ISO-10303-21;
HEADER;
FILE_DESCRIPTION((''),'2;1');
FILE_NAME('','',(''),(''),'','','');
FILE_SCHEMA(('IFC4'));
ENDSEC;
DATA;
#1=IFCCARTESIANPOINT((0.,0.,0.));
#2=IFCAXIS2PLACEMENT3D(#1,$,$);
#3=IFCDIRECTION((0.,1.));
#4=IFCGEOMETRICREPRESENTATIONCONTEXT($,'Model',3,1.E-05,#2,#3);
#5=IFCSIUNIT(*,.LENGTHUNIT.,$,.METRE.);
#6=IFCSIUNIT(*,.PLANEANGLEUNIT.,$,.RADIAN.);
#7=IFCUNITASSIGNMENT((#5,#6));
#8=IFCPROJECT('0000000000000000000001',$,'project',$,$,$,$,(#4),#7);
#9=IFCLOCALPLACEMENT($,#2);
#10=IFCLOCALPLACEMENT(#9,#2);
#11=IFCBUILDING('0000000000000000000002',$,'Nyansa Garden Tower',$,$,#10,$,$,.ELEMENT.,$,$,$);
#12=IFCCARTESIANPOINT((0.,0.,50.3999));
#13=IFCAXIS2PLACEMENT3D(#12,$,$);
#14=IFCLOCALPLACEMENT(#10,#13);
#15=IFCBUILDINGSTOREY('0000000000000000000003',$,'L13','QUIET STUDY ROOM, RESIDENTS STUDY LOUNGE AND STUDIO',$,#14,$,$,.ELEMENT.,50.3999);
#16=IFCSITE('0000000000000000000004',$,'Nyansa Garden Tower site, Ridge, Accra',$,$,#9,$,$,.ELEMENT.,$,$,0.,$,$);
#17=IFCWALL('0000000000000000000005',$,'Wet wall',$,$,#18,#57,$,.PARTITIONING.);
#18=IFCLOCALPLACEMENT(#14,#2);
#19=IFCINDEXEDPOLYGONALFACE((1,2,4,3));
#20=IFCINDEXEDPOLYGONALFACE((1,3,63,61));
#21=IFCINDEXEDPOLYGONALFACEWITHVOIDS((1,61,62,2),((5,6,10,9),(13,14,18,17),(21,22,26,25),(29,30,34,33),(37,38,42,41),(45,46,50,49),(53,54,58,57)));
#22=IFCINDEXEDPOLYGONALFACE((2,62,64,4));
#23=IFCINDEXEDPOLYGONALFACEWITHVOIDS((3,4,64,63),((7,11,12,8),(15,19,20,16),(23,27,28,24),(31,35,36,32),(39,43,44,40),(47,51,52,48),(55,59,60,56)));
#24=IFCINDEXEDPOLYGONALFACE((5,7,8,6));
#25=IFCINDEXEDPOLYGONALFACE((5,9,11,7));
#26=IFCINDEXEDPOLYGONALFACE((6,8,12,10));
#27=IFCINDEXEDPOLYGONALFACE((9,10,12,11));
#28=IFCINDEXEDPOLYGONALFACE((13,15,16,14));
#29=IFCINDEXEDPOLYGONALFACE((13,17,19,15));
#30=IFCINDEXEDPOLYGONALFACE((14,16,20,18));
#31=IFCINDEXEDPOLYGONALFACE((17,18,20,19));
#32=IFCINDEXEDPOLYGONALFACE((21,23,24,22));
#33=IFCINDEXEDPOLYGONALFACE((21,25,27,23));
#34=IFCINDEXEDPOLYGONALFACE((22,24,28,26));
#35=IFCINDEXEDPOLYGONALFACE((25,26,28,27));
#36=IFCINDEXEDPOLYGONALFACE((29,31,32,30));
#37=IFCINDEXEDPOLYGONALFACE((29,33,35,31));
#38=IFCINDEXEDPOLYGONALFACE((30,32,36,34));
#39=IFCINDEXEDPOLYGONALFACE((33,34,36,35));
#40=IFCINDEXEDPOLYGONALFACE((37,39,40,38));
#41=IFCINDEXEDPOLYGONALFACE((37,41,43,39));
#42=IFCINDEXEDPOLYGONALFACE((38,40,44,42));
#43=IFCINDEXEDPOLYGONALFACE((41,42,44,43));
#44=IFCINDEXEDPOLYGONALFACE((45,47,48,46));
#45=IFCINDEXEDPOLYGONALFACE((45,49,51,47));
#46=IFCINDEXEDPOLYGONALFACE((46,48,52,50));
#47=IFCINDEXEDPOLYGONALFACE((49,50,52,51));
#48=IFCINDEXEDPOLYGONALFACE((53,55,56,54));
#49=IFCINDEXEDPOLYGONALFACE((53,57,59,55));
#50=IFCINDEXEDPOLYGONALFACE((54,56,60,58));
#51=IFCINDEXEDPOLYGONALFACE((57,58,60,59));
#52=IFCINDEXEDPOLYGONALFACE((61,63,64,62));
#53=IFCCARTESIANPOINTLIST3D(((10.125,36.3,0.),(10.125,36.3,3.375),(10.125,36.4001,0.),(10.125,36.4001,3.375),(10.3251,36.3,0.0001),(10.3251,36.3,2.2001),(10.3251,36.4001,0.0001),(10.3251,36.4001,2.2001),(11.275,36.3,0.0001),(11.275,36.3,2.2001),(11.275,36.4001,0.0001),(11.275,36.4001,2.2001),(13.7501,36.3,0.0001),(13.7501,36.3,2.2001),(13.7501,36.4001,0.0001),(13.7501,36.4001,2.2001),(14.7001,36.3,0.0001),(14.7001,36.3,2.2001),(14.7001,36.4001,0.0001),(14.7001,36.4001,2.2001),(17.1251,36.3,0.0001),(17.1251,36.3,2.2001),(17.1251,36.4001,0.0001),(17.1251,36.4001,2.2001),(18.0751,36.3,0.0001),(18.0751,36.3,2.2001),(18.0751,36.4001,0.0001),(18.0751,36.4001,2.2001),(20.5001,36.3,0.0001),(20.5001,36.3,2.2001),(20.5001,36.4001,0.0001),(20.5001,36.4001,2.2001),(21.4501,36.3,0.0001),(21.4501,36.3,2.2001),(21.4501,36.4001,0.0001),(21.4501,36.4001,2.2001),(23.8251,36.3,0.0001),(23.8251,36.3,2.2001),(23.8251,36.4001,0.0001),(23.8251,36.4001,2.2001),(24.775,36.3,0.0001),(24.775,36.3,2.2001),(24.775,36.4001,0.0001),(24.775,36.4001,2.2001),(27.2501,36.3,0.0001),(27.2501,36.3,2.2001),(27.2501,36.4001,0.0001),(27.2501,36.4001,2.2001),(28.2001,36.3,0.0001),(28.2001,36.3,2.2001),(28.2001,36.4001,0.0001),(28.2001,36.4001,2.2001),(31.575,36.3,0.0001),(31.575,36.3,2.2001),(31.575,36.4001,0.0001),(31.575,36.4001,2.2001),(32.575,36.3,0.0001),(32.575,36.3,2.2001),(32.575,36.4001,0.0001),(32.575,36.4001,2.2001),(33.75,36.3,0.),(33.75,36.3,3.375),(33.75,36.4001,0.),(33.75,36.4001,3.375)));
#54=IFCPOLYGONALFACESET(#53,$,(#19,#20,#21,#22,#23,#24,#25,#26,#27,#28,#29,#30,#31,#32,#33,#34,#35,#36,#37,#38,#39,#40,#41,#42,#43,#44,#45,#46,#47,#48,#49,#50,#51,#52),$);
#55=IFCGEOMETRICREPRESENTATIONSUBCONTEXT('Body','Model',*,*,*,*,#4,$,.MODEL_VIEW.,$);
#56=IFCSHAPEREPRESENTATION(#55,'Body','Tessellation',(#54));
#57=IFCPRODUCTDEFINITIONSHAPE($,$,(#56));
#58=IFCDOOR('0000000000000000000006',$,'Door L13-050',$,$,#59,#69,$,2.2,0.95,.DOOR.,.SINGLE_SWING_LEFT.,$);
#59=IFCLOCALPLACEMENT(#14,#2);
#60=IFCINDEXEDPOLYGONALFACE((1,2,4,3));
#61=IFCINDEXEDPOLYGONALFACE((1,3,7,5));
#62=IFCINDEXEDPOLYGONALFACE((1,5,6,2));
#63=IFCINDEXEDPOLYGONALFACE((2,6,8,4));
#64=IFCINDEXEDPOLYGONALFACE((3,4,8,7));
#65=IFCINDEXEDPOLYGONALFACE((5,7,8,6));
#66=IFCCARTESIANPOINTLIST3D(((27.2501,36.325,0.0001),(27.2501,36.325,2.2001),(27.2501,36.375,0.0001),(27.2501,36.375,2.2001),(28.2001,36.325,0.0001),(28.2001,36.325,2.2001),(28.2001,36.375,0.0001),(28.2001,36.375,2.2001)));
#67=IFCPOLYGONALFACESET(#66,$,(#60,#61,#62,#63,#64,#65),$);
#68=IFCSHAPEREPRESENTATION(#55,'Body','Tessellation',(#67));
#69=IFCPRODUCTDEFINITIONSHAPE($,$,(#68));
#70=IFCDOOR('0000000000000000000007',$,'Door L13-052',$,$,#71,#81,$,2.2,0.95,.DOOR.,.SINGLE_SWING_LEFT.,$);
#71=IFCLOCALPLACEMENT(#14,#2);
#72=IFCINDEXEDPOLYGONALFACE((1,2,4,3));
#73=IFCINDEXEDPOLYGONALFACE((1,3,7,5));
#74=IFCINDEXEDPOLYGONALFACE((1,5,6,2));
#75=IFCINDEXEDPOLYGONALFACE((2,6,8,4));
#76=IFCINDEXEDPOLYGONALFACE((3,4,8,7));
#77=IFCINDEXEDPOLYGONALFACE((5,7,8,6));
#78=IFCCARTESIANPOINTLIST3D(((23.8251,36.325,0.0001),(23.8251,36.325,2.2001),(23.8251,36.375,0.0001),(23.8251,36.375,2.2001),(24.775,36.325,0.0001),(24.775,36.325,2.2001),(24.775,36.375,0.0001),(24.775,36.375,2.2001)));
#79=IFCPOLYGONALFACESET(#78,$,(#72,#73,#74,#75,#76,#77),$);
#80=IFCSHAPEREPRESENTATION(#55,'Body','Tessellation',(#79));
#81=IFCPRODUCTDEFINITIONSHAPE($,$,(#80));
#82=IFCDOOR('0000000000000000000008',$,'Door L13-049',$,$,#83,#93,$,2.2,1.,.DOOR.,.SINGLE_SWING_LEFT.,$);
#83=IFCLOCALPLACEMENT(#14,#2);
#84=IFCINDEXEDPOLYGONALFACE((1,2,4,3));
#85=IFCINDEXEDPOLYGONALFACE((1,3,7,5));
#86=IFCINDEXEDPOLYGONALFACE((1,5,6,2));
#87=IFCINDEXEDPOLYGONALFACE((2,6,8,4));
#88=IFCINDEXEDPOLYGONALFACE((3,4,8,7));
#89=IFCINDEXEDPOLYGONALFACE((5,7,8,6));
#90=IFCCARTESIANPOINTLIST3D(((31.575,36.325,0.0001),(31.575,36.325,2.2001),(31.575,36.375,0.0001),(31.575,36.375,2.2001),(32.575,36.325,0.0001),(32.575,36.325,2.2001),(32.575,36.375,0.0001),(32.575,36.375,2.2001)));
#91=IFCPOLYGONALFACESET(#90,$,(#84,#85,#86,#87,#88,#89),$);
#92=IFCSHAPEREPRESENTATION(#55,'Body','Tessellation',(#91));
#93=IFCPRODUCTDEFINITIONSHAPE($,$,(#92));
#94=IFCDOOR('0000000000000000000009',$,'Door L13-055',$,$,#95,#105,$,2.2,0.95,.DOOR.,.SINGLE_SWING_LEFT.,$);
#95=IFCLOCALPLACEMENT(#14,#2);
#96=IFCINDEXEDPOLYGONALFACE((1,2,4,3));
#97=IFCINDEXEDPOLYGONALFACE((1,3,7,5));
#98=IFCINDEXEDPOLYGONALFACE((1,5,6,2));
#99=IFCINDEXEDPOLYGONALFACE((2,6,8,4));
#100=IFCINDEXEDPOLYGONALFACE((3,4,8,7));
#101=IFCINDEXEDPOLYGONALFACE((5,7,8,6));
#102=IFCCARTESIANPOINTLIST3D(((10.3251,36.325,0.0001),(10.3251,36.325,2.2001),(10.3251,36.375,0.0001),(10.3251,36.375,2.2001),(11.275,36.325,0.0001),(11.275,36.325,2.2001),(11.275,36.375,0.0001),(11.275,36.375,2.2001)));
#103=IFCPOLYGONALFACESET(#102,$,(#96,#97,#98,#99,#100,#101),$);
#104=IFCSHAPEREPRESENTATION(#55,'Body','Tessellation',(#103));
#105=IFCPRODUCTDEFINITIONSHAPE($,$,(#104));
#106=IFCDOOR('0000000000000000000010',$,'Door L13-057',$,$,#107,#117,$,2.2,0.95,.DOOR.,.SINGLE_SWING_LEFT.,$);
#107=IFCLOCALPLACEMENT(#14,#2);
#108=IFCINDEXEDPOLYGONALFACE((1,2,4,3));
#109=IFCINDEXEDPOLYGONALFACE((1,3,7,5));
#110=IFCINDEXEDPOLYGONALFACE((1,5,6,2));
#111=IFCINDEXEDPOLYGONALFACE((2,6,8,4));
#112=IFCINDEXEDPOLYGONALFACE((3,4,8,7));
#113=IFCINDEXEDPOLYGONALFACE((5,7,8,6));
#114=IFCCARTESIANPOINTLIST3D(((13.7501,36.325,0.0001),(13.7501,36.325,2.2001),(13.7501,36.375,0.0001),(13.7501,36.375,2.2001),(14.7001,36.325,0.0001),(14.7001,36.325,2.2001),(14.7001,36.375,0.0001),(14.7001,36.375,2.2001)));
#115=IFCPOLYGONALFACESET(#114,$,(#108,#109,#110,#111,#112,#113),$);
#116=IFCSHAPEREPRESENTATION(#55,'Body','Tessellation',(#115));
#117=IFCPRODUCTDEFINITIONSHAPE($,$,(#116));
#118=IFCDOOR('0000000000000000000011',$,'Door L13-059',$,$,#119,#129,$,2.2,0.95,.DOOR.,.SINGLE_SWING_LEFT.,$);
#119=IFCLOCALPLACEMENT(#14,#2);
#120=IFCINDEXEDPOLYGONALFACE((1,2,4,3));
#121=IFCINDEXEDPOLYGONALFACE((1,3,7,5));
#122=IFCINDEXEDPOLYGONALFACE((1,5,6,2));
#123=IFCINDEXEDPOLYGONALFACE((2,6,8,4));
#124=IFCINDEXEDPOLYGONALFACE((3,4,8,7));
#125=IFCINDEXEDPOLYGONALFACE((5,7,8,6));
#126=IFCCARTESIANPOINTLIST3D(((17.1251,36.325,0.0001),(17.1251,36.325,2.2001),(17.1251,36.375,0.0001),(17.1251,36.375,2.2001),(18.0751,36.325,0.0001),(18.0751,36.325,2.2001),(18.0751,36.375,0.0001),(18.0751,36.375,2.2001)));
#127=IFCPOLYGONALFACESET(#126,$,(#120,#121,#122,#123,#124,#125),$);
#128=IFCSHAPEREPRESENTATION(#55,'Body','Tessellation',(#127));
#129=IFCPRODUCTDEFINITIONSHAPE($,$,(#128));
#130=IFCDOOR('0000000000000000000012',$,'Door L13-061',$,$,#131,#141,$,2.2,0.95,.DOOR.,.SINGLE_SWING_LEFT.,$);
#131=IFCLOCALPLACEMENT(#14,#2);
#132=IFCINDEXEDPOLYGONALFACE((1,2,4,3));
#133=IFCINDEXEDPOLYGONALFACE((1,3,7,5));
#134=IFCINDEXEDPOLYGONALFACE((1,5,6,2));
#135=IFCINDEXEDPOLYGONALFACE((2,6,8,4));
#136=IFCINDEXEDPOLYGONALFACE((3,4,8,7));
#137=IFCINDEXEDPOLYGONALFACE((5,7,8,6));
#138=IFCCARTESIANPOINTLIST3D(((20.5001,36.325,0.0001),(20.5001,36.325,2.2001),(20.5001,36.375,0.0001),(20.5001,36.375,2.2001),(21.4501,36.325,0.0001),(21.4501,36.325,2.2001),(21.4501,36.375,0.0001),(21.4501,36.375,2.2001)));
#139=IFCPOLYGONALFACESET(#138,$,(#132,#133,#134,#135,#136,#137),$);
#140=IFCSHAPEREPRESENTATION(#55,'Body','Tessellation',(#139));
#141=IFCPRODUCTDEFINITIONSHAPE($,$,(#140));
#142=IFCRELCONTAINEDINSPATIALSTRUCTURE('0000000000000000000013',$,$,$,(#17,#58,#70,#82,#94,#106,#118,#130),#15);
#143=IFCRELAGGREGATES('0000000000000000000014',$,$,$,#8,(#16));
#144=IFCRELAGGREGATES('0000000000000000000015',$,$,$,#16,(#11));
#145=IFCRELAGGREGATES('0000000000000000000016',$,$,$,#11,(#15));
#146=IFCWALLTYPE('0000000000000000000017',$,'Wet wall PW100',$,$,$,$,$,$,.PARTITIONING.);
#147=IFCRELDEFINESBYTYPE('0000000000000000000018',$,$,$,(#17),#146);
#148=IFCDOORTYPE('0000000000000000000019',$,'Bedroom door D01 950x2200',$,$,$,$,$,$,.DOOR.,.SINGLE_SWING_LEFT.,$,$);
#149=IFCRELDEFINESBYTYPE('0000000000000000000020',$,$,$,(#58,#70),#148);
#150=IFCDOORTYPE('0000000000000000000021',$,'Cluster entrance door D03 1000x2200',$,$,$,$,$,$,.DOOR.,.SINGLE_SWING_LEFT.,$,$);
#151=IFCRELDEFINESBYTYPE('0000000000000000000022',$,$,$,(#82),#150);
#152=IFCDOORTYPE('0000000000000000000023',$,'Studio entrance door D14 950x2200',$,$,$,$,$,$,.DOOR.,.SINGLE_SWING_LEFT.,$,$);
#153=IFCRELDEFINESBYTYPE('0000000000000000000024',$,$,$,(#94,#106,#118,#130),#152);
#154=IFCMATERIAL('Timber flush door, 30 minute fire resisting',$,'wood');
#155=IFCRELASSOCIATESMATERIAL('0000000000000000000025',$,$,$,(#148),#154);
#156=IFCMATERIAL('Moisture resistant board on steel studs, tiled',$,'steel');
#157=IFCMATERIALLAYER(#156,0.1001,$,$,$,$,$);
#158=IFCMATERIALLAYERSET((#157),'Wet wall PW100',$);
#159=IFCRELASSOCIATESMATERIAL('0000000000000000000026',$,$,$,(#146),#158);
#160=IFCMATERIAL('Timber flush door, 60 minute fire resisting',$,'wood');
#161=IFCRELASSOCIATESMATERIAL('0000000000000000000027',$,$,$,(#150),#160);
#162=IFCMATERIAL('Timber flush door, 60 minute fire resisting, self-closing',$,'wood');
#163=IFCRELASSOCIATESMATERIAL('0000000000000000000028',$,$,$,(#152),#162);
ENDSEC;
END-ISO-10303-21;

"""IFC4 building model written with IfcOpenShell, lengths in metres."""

from ifc_helpers import new_model, si_unit, direction, frame, frame_2d, origin, place, context, subcontext, project, spatial, rectangle, extrude, material, layer, layer_set, type_object, element, fill, save


model = new_model("IFC4")

# Units and contexts
model_context = context("Model", 3, precision=1e-05, world=origin(), true_north=direction((0.0, 1.0)))
body_context = subcontext(model_context, "Body", "Model", "MODEL_VIEW")
ifc_project = project(units=[si_unit("LENGTHUNIT", "METRE"), si_unit("PLANEANGLEUNIT", "RADIAN")], contexts=[model_context])

# Site, building, storey
site_placement = place(None, origin())
site = spatial("IfcSite", under=ifc_project, at=site_placement, Name="Nyansa Garden Tower site, Ridge, Accra", CompositionType="ELEMENT", RefElevation=0.0)
building_placement = place(site_placement, origin())
building = spatial("IfcBuilding", under=site, at=building_placement, Name="Nyansa Garden Tower", CompositionType="ELEMENT")
storey_placement = place(building_placement, frame((0.0, 0.0, 50.3999)))
storey = spatial("IfcBuildingStorey", under=building, at=storey_placement, Name="L13", Description="QUIET STUDY ROOM, RESIDENTS STUDY LOUNGE AND STUDIO", CompositionType="ELEMENT", Elevation=50.3999)

# Shared definitions
ifc_material_1 = material(Name="Timber flush door, 30 minute fire resisting", Category="wood")
door_type_1 = type_object("IfcDoorType", Name="Bedroom door D01 950x2200", OperationType="SINGLE_SWING_LEFT", PredefinedType="DOOR", material=ifc_material_1)

# Wall, openings, doors
ifc_material_2 = material(Name="Moisture resistant board on steel studs, tiled", Category="steel")
ifc_layer_1 = layer(ifc_material_2, 0.1001)
ifc_layer_set_1 = layer_set([ifc_layer_1], Name="Wet wall PW100")
wall_type_1 = type_object("IfcWallType", Name="Wet wall PW100", PredefinedType="PARTITIONING", material=ifc_layer_set_1)
wall_1_placement = place(storey_placement, frame((10.125, 36.3501, 0.0), z_axis=(0.0, 0.0, 1.0), x_axis=(1.0, 0.0, 0.0)))
wall_1 = element("IfcWall", 1, at=wall_1_placement, inside=storey, type_object=wall_type_1, Name="Wet wall", PredefinedType="PARTITIONING", context=body_context, shape_type="SweptSolid", body=[
    extrude(rectangle(XDim=23.625, YDim=0.1001, at=frame_2d((11.8125, 0.0))), origin(), (0.0, 0.0, 1.0), 3.375),
])
opening_1_placement = place(wall_1_placement, frame((21.45, 0.0, 0.0)))
opening_1 = element("IfcOpeningElement", 2, at=opening_1_placement, cuts=wall_1, PredefinedType="OPENING", context=body_context, shape_type="SweptSolid", body=[
    extrude(rectangle(XDim=1.0, YDim=2.2, at=frame_2d((0.5, 1.1001))), frame((0.0, 0.0601, 0.0), z_axis=(0.0, -1.0, 0.0), x_axis=(1.0, 0.0, 0.0)), (0.0, 0.0, 1.0), 0.1201),
])
opening_2_placement = place(wall_1_placement, frame((17.125, 0.0, 0.0)))
opening_2 = element("IfcOpeningElement", 3, at=opening_2_placement, cuts=wall_1, PredefinedType="OPENING", context=body_context, shape_type="SweptSolid", body=[
    extrude(rectangle(XDim=0.95, YDim=2.2, at=frame_2d((0.4751, 1.1001))), frame((0.0, 0.0601, 0.0), z_axis=(0.0, -1.0, 0.0), x_axis=(1.0, 0.0, 0.0)), (0.0, 0.0, 1.0), 0.1201),
])
opening_3_placement = place(wall_1_placement, frame((13.7, 0.0, 0.0)))
opening_3 = element("IfcOpeningElement", 4, at=opening_3_placement, cuts=wall_1, PredefinedType="OPENING", context=body_context, shape_type="SweptSolid", body=[
    extrude(rectangle(XDim=0.95, YDim=2.2, at=frame_2d((0.4751, 1.1001))), frame((0.0, 0.0601, 0.0), z_axis=(0.0, -1.0, 0.0), x_axis=(1.0, 0.0, 0.0)), (0.0, 0.0, 1.0), 0.1201),
])
opening_4_placement = place(wall_1_placement, frame((0.2, 0.0, 0.0)))
opening_4 = element("IfcOpeningElement", 5, at=opening_4_placement, cuts=wall_1, PredefinedType="OPENING", context=body_context, shape_type="SweptSolid", body=[
    extrude(rectangle(XDim=0.95, YDim=2.2, at=frame_2d((0.4751, 1.1001))), frame((0.0, 0.0601, 0.0), z_axis=(0.0, -1.0, 0.0), x_axis=(1.0, 0.0, 0.0)), (0.0, 0.0, 1.0), 0.1201),
])
opening_5_placement = place(wall_1_placement, frame((3.625, 0.0, 0.0)))
opening_5 = element("IfcOpeningElement", 6, at=opening_5_placement, cuts=wall_1, PredefinedType="OPENING", context=body_context, shape_type="SweptSolid", body=[
    extrude(rectangle(XDim=0.95, YDim=2.2, at=frame_2d((0.4751, 1.1001))), frame((0.0, 0.0601, 0.0), z_axis=(0.0, -1.0, 0.0), x_axis=(1.0, 0.0, 0.0)), (0.0, 0.0, 1.0), 0.1201),
])
opening_6_placement = place(wall_1_placement, frame((7.0, 0.0, 0.0)))
opening_6 = element("IfcOpeningElement", 7, at=opening_6_placement, cuts=wall_1, PredefinedType="OPENING", context=body_context, shape_type="SweptSolid", body=[
    extrude(rectangle(XDim=0.95, YDim=2.2, at=frame_2d((0.4751, 1.1001))), frame((0.0, 0.0601, 0.0), z_axis=(0.0, -1.0, 0.0), x_axis=(1.0, 0.0, 0.0)), (0.0, 0.0, 1.0), 0.1201),
])
opening_7_placement = place(wall_1_placement, frame((10.375, 0.0, 0.0)))
opening_7 = element("IfcOpeningElement", 8, at=opening_7_placement, cuts=wall_1, PredefinedType="OPENING", context=body_context, shape_type="SweptSolid", body=[
    extrude(rectangle(XDim=0.95, YDim=2.2, at=frame_2d((0.4751, 1.1001))), frame((0.0, 0.0601, 0.0), z_axis=(0.0, -1.0, 0.0), x_axis=(1.0, 0.0, 0.0)), (0.0, 0.0, 1.0), 0.1201),
])
door_1_placement = place(opening_2_placement, origin())
door_1 = element("IfcDoor", 9, at=door_1_placement, inside=storey, type_object=door_type_1, Name="Door L13-050", OperationType="SINGLE_SWING_LEFT", OverallHeight=2.2, OverallWidth=0.95, PredefinedType="DOOR", context=body_context, shape_type="SweptSolid", body=[
    extrude(rectangle(XDim=0.95, YDim=2.2, at=frame_2d((0.4751, 1.1001))), frame((0.0, 0.0249, 0.0), z_axis=(0.0, -1.0, 0.0), x_axis=(1.0, 0.0, 0.0)), (0.0, 0.0, 1.0), 0.05),
])
fill(opening_2, door_1)
door_2_placement = place(opening_3_placement, origin())
door_2 = element("IfcDoor", 10, at=door_2_placement, inside=storey, type_object=door_type_1, Name="Door L13-052", OperationType="SINGLE_SWING_LEFT", OverallHeight=2.2, OverallWidth=0.95, PredefinedType="DOOR", context=body_context, shape_type="SweptSolid", body=[
    extrude(rectangle(XDim=0.95, YDim=2.2, at=frame_2d((0.4751, 1.1001))), frame((0.0, 0.0249, 0.0), z_axis=(0.0, -1.0, 0.0), x_axis=(1.0, 0.0, 0.0)), (0.0, 0.0, 1.0), 0.05),
])
fill(opening_3, door_2)
ifc_material_3 = material(Name="Timber flush door, 60 minute fire resisting", Category="wood")
door_type_2 = type_object("IfcDoorType", Name="Cluster entrance door D03 1000x2200", OperationType="SINGLE_SWING_LEFT", PredefinedType="DOOR", material=ifc_material_3)
door_3_placement = place(opening_1_placement, origin())
door_3 = element("IfcDoor", 11, at=door_3_placement, inside=storey, type_object=door_type_2, Name="Door L13-049", OperationType="SINGLE_SWING_LEFT", OverallHeight=2.2, OverallWidth=1.0, PredefinedType="DOOR", context=body_context, shape_type="SweptSolid", body=[
    extrude(rectangle(XDim=1.0, YDim=2.2, at=frame_2d((0.5, 1.1001))), frame((0.0, 0.0249, 0.0), z_axis=(0.0, -1.0, 0.0), x_axis=(1.0, 0.0, 0.0)), (0.0, 0.0, 1.0), 0.05),
])
fill(opening_1, door_3)
ifc_material_4 = material(Name="Timber flush door, 60 minute fire resisting, self-closing", Category="wood")
door_type_3 = type_object("IfcDoorType", Name="Studio entrance door D14 950x2200", OperationType="SINGLE_SWING_LEFT", PredefinedType="DOOR", material=ifc_material_4)
door_4_placement = place(opening_4_placement, origin())
door_4 = element("IfcDoor", 12, at=door_4_placement, inside=storey, type_object=door_type_3, Name="Door L13-055", OperationType="SINGLE_SWING_LEFT", OverallHeight=2.2, OverallWidth=0.95, PredefinedType="DOOR", context=body_context, shape_type="SweptSolid", body=[
    extrude(rectangle(XDim=0.95, YDim=2.2, at=frame_2d((0.4751, 1.1001))), frame((0.0, 0.0249, 0.0), z_axis=(0.0, -1.0, 0.0), x_axis=(1.0, 0.0, 0.0)), (0.0, 0.0, 1.0), 0.05),
])
fill(opening_4, door_4)
door_5_placement = place(opening_5_placement, origin())
door_5 = element("IfcDoor", 13, at=door_5_placement, inside=storey, type_object=door_type_3, Name="Door L13-057", OperationType="SINGLE_SWING_LEFT", OverallHeight=2.2, OverallWidth=0.95, PredefinedType="DOOR", context=body_context, shape_type="SweptSolid", body=[
    extrude(rectangle(XDim=0.95, YDim=2.2, at=frame_2d((0.4751, 1.1001))), frame((0.0, 0.0249, 0.0), z_axis=(0.0, -1.0, 0.0), x_axis=(1.0, 0.0, 0.0)), (0.0, 0.0, 1.0), 0.05),
])
fill(opening_5, door_5)
door_6_placement = place(opening_6_placement, origin())
door_6 = element("IfcDoor", 14, at=door_6_placement, inside=storey, type_object=door_type_3, Name="Door L13-059", OperationType="SINGLE_SWING_LEFT", OverallHeight=2.2, OverallWidth=0.95, PredefinedType="DOOR", context=body_context, shape_type="SweptSolid", body=[
    extrude(rectangle(XDim=0.95, YDim=2.2, at=frame_2d((0.4751, 1.1001))), frame((0.0, 0.0249, 0.0), z_axis=(0.0, -1.0, 0.0), x_axis=(1.0, 0.0, 0.0)), (0.0, 0.0, 1.0), 0.05),
])
fill(opening_6, door_6)
door_7_placement = place(opening_7_placement, origin())
door_7 = element("IfcDoor", 15, at=door_7_placement, inside=storey, type_object=door_type_3, Name="Door L13-061", OperationType="SINGLE_SWING_LEFT", OverallHeight=2.2, OverallWidth=0.95, PredefinedType="DOOR", context=body_context, shape_type="SweptSolid", body=[
    extrude(rectangle(XDim=0.95, YDim=2.2, at=frame_2d((0.4751, 1.1001))), frame((0.0, 0.0249, 0.0), z_axis=(0.0, -1.0, 0.0), x_axis=(1.0, 0.0, 0.0)), (0.0, 0.0, 1.0), 0.05),
])
fill(opening_7, door_7)

save(model, "model.ifc")
